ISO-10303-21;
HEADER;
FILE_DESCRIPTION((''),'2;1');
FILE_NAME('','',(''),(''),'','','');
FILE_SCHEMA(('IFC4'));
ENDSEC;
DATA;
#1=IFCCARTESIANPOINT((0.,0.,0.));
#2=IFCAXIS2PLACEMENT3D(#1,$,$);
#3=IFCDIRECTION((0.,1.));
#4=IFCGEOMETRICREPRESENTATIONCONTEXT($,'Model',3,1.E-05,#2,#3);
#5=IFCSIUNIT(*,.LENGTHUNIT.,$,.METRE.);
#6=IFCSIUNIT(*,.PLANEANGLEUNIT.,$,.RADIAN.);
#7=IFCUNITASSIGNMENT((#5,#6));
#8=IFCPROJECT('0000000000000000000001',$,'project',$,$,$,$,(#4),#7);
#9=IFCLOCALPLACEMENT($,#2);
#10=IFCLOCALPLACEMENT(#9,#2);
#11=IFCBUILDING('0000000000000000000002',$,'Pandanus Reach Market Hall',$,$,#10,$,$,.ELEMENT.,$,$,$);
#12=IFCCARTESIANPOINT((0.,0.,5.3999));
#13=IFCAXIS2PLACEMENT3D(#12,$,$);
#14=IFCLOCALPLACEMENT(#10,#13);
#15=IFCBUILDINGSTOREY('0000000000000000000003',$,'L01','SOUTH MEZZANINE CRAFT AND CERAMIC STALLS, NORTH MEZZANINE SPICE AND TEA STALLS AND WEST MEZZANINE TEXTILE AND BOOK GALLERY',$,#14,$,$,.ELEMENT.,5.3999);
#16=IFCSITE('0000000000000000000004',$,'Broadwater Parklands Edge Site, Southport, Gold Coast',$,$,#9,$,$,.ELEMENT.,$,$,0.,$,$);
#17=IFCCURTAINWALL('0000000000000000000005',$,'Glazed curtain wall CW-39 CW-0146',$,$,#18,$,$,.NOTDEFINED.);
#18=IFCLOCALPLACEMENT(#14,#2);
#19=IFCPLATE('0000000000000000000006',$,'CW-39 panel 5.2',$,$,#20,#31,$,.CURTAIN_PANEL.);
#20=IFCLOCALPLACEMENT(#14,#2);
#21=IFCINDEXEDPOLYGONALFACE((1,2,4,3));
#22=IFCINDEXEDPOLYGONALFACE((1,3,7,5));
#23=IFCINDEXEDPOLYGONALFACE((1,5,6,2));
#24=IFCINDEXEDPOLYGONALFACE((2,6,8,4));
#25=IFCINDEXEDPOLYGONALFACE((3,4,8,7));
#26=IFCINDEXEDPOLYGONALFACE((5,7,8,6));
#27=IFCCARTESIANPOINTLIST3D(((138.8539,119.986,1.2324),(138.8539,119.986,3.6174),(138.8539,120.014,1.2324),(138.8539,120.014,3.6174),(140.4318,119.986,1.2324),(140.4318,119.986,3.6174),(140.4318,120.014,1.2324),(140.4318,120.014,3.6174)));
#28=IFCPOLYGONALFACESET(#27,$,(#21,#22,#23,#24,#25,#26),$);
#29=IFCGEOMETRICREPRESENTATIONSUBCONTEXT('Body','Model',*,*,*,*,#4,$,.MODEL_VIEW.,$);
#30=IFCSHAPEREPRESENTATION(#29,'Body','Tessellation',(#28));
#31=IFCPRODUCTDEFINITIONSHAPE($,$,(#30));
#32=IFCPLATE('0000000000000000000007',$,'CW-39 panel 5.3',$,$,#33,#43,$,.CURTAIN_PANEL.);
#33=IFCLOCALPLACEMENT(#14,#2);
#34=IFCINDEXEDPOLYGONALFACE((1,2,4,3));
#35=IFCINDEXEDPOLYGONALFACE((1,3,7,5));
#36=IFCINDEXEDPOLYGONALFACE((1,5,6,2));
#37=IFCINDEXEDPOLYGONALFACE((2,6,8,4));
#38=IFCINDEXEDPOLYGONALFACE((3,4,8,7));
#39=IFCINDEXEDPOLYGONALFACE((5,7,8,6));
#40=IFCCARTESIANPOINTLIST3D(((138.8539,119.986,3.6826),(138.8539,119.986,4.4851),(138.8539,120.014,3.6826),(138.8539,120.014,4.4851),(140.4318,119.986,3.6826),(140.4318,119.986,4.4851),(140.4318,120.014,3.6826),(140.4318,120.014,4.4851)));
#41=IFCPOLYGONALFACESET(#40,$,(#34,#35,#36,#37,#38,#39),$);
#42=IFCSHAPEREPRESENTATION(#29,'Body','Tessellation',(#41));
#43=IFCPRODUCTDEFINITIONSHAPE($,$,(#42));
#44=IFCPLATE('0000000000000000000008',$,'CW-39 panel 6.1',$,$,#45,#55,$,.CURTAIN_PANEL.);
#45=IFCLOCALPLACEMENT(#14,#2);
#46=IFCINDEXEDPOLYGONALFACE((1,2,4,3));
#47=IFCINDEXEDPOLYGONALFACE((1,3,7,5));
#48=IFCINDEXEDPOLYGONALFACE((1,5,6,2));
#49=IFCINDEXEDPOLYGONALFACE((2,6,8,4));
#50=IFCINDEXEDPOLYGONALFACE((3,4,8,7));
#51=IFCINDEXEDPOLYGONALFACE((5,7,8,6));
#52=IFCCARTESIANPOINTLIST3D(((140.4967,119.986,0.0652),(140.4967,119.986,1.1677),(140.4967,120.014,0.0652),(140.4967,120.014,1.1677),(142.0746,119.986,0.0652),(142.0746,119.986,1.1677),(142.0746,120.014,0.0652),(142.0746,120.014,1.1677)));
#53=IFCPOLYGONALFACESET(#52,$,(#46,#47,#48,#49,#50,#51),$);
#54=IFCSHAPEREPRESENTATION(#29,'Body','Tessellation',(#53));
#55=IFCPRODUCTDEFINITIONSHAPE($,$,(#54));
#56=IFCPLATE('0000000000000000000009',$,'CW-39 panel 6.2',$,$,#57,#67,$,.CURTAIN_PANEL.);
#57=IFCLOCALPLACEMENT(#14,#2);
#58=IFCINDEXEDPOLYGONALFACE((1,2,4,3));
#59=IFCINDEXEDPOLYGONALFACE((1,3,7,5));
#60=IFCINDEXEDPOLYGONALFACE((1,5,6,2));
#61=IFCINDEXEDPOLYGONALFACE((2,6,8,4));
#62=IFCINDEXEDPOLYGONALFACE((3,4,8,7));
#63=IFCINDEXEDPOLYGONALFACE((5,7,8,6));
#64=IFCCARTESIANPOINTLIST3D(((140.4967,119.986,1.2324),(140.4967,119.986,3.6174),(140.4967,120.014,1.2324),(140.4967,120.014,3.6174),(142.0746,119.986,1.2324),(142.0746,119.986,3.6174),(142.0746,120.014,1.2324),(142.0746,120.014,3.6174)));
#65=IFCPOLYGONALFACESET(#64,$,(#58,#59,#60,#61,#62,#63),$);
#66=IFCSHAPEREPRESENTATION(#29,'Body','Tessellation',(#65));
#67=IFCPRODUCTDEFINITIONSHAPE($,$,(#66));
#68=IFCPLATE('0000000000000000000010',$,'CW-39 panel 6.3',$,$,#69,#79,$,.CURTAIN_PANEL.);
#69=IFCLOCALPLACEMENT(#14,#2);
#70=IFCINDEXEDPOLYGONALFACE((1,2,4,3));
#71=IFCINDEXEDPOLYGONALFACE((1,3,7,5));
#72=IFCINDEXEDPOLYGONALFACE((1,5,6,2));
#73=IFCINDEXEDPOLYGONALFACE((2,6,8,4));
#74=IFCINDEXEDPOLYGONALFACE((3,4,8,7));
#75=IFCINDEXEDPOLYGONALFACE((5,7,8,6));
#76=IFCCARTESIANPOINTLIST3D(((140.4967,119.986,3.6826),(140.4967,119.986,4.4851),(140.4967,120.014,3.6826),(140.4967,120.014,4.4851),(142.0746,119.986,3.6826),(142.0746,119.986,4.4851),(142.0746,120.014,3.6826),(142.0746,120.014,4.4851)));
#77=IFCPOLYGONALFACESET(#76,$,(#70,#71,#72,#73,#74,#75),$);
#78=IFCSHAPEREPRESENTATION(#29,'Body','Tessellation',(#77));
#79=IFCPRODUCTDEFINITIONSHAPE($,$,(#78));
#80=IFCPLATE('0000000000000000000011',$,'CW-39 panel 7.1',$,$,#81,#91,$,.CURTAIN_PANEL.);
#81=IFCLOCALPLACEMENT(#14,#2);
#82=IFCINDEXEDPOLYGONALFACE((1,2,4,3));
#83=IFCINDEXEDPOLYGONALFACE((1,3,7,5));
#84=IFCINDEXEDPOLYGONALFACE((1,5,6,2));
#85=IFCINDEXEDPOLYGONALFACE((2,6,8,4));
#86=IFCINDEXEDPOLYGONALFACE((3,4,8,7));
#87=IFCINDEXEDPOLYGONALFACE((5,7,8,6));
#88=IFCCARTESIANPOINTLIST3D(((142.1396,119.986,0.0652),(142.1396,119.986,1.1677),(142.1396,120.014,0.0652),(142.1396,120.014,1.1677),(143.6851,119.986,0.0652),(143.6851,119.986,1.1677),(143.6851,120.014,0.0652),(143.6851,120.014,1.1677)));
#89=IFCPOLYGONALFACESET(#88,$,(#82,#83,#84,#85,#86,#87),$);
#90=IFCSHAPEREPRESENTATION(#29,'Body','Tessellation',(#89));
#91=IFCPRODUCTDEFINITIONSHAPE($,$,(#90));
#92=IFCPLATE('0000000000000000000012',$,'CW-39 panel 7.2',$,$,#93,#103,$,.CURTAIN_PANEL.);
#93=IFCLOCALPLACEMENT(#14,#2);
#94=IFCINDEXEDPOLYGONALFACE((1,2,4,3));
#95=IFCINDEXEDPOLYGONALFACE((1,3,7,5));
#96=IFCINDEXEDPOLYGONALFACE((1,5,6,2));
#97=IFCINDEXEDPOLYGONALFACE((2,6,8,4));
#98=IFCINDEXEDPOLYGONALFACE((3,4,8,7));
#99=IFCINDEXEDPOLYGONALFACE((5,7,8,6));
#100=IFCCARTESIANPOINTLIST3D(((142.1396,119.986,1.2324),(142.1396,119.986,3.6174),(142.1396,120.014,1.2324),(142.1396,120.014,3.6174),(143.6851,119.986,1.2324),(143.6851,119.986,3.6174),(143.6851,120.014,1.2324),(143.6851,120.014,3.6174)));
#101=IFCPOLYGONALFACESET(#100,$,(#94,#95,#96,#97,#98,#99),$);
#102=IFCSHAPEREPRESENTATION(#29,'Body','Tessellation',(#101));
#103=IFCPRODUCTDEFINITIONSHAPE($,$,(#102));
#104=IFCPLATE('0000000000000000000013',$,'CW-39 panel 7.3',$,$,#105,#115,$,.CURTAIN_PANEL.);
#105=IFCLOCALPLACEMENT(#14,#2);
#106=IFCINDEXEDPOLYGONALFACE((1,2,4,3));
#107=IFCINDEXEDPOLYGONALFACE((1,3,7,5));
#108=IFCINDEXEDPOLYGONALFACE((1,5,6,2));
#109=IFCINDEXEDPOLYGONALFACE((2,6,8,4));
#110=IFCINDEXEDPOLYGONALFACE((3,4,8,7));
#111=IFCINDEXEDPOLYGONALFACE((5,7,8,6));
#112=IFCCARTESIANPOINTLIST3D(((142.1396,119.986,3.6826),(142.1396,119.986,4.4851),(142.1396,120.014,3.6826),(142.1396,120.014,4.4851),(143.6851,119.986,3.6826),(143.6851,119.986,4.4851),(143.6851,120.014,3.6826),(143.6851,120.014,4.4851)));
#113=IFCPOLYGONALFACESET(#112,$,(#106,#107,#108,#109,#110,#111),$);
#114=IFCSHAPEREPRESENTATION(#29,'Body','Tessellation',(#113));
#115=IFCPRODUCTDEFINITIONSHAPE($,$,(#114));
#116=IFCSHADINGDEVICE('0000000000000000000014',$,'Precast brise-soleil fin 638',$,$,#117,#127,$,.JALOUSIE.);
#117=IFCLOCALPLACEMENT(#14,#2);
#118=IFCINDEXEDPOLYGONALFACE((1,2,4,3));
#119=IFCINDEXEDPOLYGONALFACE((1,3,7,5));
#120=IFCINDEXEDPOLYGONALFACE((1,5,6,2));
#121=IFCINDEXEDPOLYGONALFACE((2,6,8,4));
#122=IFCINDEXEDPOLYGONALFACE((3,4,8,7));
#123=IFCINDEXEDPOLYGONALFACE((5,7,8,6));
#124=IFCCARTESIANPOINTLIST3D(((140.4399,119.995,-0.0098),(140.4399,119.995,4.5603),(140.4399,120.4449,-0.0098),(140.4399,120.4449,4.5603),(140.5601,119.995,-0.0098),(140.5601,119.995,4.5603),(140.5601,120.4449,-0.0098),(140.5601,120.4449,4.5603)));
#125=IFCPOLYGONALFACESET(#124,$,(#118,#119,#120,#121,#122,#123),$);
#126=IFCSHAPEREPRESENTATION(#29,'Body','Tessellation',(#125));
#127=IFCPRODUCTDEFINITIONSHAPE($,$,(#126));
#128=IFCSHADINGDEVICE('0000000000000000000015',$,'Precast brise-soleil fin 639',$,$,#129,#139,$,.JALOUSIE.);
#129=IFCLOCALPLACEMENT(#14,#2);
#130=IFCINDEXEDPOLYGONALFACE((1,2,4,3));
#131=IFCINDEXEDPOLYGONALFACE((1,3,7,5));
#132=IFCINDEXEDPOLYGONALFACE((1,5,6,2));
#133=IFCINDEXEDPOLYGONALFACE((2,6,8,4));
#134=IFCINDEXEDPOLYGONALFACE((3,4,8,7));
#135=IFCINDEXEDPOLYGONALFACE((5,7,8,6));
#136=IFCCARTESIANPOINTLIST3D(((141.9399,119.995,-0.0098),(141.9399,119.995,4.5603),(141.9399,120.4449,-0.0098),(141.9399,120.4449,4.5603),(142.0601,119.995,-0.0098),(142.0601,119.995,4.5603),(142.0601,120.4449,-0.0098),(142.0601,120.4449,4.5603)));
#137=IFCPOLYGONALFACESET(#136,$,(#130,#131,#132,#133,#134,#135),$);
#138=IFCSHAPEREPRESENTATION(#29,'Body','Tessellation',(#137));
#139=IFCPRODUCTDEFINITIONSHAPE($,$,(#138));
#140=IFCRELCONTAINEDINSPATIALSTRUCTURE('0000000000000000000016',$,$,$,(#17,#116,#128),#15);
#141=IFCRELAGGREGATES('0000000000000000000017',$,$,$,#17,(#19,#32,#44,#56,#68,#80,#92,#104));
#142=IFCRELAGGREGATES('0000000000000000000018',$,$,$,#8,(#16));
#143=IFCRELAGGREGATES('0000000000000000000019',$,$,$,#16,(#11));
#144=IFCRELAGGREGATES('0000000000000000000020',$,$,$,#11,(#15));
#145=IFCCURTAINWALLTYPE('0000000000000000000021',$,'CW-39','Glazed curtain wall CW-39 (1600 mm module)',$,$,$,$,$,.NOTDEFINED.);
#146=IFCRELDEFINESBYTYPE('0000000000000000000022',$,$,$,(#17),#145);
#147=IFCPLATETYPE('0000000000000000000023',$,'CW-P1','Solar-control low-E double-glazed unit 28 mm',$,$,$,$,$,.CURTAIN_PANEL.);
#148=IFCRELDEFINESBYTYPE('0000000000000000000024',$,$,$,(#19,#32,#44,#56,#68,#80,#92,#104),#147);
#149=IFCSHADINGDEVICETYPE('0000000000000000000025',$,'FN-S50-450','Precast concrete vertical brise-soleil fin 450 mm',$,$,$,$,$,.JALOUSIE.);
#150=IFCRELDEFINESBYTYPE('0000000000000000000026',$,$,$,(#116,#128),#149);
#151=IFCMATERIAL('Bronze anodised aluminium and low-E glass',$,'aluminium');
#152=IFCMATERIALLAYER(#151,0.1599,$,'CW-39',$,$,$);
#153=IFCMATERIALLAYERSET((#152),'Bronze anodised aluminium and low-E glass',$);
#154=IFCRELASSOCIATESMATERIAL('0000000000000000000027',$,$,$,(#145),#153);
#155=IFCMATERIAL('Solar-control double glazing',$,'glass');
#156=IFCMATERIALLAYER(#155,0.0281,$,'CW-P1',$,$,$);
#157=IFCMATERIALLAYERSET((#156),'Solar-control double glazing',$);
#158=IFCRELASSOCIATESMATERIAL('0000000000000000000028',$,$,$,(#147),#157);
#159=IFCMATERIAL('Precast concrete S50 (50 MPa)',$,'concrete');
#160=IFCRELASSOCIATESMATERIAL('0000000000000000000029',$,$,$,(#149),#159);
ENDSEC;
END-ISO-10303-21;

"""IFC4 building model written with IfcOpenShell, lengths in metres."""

from ifc_helpers import new_model, si_unit, direction, frame, origin, origin_2d, place, context, subcontext, project, spatial, rectangle, extrude, material, layer, layer_set, type_object, element, aggregate, save


model = new_model("IFC4")

# Units and contexts
model_context = context("Model", 3, precision=1e-05, world=origin(), true_north=direction((0.0, 1.0)))
body_context = subcontext(model_context, "Body", "Model", "MODEL_VIEW")
ifc_project = project(units=[si_unit("LENGTHUNIT", "METRE"), si_unit("PLANEANGLEUNIT", "RADIAN")], contexts=[model_context])

# Site, building, storey
site_placement = place(None, origin())
site = spatial("IfcSite", under=ifc_project, at=site_placement, Name="Broadwater Parklands Edge Site, Southport, Gold Coast", CompositionType="ELEMENT", RefElevation=0.0)
building_placement = place(site_placement, origin())
building = spatial("IfcBuilding", under=site, at=building_placement, Name="Pandanus Reach Market Hall", CompositionType="ELEMENT")
storey_placement = place(building_placement, frame((0.0, 0.0, 5.3999)))
storey = spatial("IfcBuildingStorey", under=building, at=storey_placement, Name="L01", Description="SOUTH MEZZANINE CRAFT AND CERAMIC STALLS, NORTH MEZZANINE SPICE AND TEA STALLS AND WEST MEZZANINE TEXTILE AND BOOK GALLERY", CompositionType="ELEMENT", Elevation=5.3999)

# Curtain wall, plates
ifc_material_1 = material(Name="Bronze anodised aluminium and low-E glass", Category="aluminium")
ifc_layer_1 = layer(ifc_material_1, 0.1599, Name="CW-39")
ifc_layer_set_1 = layer_set([ifc_layer_1], Name="Bronze anodised aluminium and low-E glass")
curtain_wall_type = type_object("IfcCurtainWallType", Name="CW-39", Description="Glazed curtain wall CW-39 (1600 mm module)", PredefinedType="NOTDEFINED", material=ifc_layer_set_1)
curtain_wall_placement = place(storey_placement, origin())
curtain_wall = element("IfcCurtainWall", 1, at=curtain_wall_placement, inside=storey, type_object=curtain_wall_type, Name="Glazed curtain wall CW-39 CW-0146", PredefinedType="NOTDEFINED")
ifc_material_2 = material(Name="Solar-control double glazing", Category="glass")
ifc_layer_2 = layer(ifc_material_2, 0.0281, Name="CW-P1")
ifc_layer_set_2 = layer_set([ifc_layer_2], Name="Solar-control double glazing")
plate_type = type_object("IfcPlateType", Name="CW-P1", Description="Solar-control low-E double-glazed unit 28 mm", PredefinedType="CURTAIN_PANEL", material=ifc_layer_set_2)
plate_1_placement = place(storey_placement, frame((139.6428, 120.0, 1.2324), z_axis=(0.0, 0.0, 1.0), x_axis=(1.0, 0.0, 0.0)))
plate_1 = element("IfcPlate", 2, at=plate_1_placement, type_object=plate_type, Name="CW-39 panel 5.2", PredefinedType="CURTAIN_PANEL", context=body_context, shape_type="SweptSolid", body=[
    extrude(rectangle(XDim=1.5779, YDim=0.0281, at=origin_2d()), origin(), (0.0, 0.0, 1.0), 2.385),
])
plate_2_placement = place(storey_placement, frame((139.6428, 120.0, 3.6826), z_axis=(0.0, 0.0, 1.0), x_axis=(1.0, 0.0, 0.0)))
plate_2 = element("IfcPlate", 3, at=plate_2_placement, type_object=plate_type, Name="CW-39 panel 5.3", PredefinedType="CURTAIN_PANEL", context=body_context, shape_type="SweptSolid", body=[
    extrude(rectangle(XDim=1.5779, YDim=0.0281, at=origin_2d()), origin(), (0.0, 0.0, 1.0), 0.8025),
])
plate_3_placement = place(storey_placement, frame((141.2856, 120.0, 0.0652), z_axis=(0.0, 0.0, 1.0), x_axis=(1.0, 0.0, 0.0)))
plate_3 = element("IfcPlate", 4, at=plate_3_placement, type_object=plate_type, Name="CW-39 panel 6.1", PredefinedType="CURTAIN_PANEL", context=body_context, shape_type="SweptSolid", body=[
    extrude(rectangle(XDim=1.5779, YDim=0.0281, at=origin_2d()), origin(), (0.0, 0.0, 1.0), 1.1025),
])
plate_4_placement = place(storey_placement, frame((141.2856, 120.0, 1.2324), z_axis=(0.0, 0.0, 1.0), x_axis=(1.0, 0.0, 0.0)))
plate_4 = element("IfcPlate", 5, at=plate_4_placement, type_object=plate_type, Name="CW-39 panel 6.2", PredefinedType="CURTAIN_PANEL", context=body_context, shape_type="SweptSolid", body=[
    extrude(rectangle(XDim=1.5779, YDim=0.0281, at=origin_2d()), origin(), (0.0, 0.0, 1.0), 2.385),
])
plate_5_placement = place(storey_placement, frame((141.2856, 120.0, 3.6826), z_axis=(0.0, 0.0, 1.0), x_axis=(1.0, 0.0, 0.0)))
plate_5 = element("IfcPlate", 6, at=plate_5_placement, type_object=plate_type, Name="CW-39 panel 6.3", PredefinedType="CURTAIN_PANEL", context=body_context, shape_type="SweptSolid", body=[
    extrude(rectangle(XDim=1.5779, YDim=0.0281, at=origin_2d()), origin(), (0.0, 0.0, 1.0), 0.8025),
])
plate_6_placement = place(storey_placement, frame((142.9124, 120.0, 0.0652), z_axis=(0.0, 0.0, 1.0), x_axis=(1.0, 0.0, 0.0)))
plate_6 = element("IfcPlate", 7, at=plate_6_placement, type_object=plate_type, Name="CW-39 panel 7.1", PredefinedType="CURTAIN_PANEL", context=body_context, shape_type="SweptSolid", body=[
    extrude(rectangle(XDim=1.5454, YDim=0.0281, at=origin_2d()), origin(), (0.0, 0.0, 1.0), 1.1025),
])
plate_7_placement = place(storey_placement, frame((142.9124, 120.0, 1.2324), z_axis=(0.0, 0.0, 1.0), x_axis=(1.0, 0.0, 0.0)))
plate_7 = element("IfcPlate", 8, at=plate_7_placement, type_object=plate_type, Name="CW-39 panel 7.2", PredefinedType="CURTAIN_PANEL", context=body_context, shape_type="SweptSolid", body=[
    extrude(rectangle(XDim=1.5454, YDim=0.0281, at=origin_2d()), origin(), (0.0, 0.0, 1.0), 2.385),
])
plate_8_placement = place(storey_placement, frame((142.9124, 120.0, 3.6826), z_axis=(0.0, 0.0, 1.0), x_axis=(1.0, 0.0, 0.0)))
plate_8 = element("IfcPlate", 9, at=plate_8_placement, type_object=plate_type, Name="CW-39 panel 7.3", PredefinedType="CURTAIN_PANEL", context=body_context, shape_type="SweptSolid", body=[
    extrude(rectangle(XDim=1.5454, YDim=0.0281, at=origin_2d()), origin(), (0.0, 0.0, 1.0), 0.8025),
])
aggregate(curtain_wall, [plate_1, plate_2, plate_3, plate_4, plate_5, plate_6, plate_7, plate_8])

# Shading devices
ifc_material_3 = material(Name="Precast concrete S50 (50 MPa)", Category="concrete")
shading_device_type = type_object("IfcShadingDeviceType", Name="FN-S50-450", Description="Precast concrete vertical brise-soleil fin 450 mm", PredefinedType="JALOUSIE", material=ifc_material_3)
for number, where, z_axis, x_axis, name in (
    (10, (140.5, 120.22, -0.0098), (0.0, 0.0, 1.0), (0.0, 1.0, 0.0), "Precast brise-soleil fin 638"),
    (11, (142.0, 120.22, -0.0098), (0.0, 0.0, 1.0), (0.0, 1.0, 0.0), "Precast brise-soleil fin 639"),
):
    element("IfcShadingDevice", number, at=place(storey_placement, frame(where, z_axis=z_axis, x_axis=x_axis)), inside=storey, type_object=shading_device_type, Name=name, PredefinedType="JALOUSIE", context=body_context, shape_type="SweptSolid", body=[
        extrude(rectangle(XDim=0.45, YDim=0.1201, at=origin_2d()), origin(), (0.0, 0.0, 1.0), 4.5701),
    ])

save(model, "model.ifc")
